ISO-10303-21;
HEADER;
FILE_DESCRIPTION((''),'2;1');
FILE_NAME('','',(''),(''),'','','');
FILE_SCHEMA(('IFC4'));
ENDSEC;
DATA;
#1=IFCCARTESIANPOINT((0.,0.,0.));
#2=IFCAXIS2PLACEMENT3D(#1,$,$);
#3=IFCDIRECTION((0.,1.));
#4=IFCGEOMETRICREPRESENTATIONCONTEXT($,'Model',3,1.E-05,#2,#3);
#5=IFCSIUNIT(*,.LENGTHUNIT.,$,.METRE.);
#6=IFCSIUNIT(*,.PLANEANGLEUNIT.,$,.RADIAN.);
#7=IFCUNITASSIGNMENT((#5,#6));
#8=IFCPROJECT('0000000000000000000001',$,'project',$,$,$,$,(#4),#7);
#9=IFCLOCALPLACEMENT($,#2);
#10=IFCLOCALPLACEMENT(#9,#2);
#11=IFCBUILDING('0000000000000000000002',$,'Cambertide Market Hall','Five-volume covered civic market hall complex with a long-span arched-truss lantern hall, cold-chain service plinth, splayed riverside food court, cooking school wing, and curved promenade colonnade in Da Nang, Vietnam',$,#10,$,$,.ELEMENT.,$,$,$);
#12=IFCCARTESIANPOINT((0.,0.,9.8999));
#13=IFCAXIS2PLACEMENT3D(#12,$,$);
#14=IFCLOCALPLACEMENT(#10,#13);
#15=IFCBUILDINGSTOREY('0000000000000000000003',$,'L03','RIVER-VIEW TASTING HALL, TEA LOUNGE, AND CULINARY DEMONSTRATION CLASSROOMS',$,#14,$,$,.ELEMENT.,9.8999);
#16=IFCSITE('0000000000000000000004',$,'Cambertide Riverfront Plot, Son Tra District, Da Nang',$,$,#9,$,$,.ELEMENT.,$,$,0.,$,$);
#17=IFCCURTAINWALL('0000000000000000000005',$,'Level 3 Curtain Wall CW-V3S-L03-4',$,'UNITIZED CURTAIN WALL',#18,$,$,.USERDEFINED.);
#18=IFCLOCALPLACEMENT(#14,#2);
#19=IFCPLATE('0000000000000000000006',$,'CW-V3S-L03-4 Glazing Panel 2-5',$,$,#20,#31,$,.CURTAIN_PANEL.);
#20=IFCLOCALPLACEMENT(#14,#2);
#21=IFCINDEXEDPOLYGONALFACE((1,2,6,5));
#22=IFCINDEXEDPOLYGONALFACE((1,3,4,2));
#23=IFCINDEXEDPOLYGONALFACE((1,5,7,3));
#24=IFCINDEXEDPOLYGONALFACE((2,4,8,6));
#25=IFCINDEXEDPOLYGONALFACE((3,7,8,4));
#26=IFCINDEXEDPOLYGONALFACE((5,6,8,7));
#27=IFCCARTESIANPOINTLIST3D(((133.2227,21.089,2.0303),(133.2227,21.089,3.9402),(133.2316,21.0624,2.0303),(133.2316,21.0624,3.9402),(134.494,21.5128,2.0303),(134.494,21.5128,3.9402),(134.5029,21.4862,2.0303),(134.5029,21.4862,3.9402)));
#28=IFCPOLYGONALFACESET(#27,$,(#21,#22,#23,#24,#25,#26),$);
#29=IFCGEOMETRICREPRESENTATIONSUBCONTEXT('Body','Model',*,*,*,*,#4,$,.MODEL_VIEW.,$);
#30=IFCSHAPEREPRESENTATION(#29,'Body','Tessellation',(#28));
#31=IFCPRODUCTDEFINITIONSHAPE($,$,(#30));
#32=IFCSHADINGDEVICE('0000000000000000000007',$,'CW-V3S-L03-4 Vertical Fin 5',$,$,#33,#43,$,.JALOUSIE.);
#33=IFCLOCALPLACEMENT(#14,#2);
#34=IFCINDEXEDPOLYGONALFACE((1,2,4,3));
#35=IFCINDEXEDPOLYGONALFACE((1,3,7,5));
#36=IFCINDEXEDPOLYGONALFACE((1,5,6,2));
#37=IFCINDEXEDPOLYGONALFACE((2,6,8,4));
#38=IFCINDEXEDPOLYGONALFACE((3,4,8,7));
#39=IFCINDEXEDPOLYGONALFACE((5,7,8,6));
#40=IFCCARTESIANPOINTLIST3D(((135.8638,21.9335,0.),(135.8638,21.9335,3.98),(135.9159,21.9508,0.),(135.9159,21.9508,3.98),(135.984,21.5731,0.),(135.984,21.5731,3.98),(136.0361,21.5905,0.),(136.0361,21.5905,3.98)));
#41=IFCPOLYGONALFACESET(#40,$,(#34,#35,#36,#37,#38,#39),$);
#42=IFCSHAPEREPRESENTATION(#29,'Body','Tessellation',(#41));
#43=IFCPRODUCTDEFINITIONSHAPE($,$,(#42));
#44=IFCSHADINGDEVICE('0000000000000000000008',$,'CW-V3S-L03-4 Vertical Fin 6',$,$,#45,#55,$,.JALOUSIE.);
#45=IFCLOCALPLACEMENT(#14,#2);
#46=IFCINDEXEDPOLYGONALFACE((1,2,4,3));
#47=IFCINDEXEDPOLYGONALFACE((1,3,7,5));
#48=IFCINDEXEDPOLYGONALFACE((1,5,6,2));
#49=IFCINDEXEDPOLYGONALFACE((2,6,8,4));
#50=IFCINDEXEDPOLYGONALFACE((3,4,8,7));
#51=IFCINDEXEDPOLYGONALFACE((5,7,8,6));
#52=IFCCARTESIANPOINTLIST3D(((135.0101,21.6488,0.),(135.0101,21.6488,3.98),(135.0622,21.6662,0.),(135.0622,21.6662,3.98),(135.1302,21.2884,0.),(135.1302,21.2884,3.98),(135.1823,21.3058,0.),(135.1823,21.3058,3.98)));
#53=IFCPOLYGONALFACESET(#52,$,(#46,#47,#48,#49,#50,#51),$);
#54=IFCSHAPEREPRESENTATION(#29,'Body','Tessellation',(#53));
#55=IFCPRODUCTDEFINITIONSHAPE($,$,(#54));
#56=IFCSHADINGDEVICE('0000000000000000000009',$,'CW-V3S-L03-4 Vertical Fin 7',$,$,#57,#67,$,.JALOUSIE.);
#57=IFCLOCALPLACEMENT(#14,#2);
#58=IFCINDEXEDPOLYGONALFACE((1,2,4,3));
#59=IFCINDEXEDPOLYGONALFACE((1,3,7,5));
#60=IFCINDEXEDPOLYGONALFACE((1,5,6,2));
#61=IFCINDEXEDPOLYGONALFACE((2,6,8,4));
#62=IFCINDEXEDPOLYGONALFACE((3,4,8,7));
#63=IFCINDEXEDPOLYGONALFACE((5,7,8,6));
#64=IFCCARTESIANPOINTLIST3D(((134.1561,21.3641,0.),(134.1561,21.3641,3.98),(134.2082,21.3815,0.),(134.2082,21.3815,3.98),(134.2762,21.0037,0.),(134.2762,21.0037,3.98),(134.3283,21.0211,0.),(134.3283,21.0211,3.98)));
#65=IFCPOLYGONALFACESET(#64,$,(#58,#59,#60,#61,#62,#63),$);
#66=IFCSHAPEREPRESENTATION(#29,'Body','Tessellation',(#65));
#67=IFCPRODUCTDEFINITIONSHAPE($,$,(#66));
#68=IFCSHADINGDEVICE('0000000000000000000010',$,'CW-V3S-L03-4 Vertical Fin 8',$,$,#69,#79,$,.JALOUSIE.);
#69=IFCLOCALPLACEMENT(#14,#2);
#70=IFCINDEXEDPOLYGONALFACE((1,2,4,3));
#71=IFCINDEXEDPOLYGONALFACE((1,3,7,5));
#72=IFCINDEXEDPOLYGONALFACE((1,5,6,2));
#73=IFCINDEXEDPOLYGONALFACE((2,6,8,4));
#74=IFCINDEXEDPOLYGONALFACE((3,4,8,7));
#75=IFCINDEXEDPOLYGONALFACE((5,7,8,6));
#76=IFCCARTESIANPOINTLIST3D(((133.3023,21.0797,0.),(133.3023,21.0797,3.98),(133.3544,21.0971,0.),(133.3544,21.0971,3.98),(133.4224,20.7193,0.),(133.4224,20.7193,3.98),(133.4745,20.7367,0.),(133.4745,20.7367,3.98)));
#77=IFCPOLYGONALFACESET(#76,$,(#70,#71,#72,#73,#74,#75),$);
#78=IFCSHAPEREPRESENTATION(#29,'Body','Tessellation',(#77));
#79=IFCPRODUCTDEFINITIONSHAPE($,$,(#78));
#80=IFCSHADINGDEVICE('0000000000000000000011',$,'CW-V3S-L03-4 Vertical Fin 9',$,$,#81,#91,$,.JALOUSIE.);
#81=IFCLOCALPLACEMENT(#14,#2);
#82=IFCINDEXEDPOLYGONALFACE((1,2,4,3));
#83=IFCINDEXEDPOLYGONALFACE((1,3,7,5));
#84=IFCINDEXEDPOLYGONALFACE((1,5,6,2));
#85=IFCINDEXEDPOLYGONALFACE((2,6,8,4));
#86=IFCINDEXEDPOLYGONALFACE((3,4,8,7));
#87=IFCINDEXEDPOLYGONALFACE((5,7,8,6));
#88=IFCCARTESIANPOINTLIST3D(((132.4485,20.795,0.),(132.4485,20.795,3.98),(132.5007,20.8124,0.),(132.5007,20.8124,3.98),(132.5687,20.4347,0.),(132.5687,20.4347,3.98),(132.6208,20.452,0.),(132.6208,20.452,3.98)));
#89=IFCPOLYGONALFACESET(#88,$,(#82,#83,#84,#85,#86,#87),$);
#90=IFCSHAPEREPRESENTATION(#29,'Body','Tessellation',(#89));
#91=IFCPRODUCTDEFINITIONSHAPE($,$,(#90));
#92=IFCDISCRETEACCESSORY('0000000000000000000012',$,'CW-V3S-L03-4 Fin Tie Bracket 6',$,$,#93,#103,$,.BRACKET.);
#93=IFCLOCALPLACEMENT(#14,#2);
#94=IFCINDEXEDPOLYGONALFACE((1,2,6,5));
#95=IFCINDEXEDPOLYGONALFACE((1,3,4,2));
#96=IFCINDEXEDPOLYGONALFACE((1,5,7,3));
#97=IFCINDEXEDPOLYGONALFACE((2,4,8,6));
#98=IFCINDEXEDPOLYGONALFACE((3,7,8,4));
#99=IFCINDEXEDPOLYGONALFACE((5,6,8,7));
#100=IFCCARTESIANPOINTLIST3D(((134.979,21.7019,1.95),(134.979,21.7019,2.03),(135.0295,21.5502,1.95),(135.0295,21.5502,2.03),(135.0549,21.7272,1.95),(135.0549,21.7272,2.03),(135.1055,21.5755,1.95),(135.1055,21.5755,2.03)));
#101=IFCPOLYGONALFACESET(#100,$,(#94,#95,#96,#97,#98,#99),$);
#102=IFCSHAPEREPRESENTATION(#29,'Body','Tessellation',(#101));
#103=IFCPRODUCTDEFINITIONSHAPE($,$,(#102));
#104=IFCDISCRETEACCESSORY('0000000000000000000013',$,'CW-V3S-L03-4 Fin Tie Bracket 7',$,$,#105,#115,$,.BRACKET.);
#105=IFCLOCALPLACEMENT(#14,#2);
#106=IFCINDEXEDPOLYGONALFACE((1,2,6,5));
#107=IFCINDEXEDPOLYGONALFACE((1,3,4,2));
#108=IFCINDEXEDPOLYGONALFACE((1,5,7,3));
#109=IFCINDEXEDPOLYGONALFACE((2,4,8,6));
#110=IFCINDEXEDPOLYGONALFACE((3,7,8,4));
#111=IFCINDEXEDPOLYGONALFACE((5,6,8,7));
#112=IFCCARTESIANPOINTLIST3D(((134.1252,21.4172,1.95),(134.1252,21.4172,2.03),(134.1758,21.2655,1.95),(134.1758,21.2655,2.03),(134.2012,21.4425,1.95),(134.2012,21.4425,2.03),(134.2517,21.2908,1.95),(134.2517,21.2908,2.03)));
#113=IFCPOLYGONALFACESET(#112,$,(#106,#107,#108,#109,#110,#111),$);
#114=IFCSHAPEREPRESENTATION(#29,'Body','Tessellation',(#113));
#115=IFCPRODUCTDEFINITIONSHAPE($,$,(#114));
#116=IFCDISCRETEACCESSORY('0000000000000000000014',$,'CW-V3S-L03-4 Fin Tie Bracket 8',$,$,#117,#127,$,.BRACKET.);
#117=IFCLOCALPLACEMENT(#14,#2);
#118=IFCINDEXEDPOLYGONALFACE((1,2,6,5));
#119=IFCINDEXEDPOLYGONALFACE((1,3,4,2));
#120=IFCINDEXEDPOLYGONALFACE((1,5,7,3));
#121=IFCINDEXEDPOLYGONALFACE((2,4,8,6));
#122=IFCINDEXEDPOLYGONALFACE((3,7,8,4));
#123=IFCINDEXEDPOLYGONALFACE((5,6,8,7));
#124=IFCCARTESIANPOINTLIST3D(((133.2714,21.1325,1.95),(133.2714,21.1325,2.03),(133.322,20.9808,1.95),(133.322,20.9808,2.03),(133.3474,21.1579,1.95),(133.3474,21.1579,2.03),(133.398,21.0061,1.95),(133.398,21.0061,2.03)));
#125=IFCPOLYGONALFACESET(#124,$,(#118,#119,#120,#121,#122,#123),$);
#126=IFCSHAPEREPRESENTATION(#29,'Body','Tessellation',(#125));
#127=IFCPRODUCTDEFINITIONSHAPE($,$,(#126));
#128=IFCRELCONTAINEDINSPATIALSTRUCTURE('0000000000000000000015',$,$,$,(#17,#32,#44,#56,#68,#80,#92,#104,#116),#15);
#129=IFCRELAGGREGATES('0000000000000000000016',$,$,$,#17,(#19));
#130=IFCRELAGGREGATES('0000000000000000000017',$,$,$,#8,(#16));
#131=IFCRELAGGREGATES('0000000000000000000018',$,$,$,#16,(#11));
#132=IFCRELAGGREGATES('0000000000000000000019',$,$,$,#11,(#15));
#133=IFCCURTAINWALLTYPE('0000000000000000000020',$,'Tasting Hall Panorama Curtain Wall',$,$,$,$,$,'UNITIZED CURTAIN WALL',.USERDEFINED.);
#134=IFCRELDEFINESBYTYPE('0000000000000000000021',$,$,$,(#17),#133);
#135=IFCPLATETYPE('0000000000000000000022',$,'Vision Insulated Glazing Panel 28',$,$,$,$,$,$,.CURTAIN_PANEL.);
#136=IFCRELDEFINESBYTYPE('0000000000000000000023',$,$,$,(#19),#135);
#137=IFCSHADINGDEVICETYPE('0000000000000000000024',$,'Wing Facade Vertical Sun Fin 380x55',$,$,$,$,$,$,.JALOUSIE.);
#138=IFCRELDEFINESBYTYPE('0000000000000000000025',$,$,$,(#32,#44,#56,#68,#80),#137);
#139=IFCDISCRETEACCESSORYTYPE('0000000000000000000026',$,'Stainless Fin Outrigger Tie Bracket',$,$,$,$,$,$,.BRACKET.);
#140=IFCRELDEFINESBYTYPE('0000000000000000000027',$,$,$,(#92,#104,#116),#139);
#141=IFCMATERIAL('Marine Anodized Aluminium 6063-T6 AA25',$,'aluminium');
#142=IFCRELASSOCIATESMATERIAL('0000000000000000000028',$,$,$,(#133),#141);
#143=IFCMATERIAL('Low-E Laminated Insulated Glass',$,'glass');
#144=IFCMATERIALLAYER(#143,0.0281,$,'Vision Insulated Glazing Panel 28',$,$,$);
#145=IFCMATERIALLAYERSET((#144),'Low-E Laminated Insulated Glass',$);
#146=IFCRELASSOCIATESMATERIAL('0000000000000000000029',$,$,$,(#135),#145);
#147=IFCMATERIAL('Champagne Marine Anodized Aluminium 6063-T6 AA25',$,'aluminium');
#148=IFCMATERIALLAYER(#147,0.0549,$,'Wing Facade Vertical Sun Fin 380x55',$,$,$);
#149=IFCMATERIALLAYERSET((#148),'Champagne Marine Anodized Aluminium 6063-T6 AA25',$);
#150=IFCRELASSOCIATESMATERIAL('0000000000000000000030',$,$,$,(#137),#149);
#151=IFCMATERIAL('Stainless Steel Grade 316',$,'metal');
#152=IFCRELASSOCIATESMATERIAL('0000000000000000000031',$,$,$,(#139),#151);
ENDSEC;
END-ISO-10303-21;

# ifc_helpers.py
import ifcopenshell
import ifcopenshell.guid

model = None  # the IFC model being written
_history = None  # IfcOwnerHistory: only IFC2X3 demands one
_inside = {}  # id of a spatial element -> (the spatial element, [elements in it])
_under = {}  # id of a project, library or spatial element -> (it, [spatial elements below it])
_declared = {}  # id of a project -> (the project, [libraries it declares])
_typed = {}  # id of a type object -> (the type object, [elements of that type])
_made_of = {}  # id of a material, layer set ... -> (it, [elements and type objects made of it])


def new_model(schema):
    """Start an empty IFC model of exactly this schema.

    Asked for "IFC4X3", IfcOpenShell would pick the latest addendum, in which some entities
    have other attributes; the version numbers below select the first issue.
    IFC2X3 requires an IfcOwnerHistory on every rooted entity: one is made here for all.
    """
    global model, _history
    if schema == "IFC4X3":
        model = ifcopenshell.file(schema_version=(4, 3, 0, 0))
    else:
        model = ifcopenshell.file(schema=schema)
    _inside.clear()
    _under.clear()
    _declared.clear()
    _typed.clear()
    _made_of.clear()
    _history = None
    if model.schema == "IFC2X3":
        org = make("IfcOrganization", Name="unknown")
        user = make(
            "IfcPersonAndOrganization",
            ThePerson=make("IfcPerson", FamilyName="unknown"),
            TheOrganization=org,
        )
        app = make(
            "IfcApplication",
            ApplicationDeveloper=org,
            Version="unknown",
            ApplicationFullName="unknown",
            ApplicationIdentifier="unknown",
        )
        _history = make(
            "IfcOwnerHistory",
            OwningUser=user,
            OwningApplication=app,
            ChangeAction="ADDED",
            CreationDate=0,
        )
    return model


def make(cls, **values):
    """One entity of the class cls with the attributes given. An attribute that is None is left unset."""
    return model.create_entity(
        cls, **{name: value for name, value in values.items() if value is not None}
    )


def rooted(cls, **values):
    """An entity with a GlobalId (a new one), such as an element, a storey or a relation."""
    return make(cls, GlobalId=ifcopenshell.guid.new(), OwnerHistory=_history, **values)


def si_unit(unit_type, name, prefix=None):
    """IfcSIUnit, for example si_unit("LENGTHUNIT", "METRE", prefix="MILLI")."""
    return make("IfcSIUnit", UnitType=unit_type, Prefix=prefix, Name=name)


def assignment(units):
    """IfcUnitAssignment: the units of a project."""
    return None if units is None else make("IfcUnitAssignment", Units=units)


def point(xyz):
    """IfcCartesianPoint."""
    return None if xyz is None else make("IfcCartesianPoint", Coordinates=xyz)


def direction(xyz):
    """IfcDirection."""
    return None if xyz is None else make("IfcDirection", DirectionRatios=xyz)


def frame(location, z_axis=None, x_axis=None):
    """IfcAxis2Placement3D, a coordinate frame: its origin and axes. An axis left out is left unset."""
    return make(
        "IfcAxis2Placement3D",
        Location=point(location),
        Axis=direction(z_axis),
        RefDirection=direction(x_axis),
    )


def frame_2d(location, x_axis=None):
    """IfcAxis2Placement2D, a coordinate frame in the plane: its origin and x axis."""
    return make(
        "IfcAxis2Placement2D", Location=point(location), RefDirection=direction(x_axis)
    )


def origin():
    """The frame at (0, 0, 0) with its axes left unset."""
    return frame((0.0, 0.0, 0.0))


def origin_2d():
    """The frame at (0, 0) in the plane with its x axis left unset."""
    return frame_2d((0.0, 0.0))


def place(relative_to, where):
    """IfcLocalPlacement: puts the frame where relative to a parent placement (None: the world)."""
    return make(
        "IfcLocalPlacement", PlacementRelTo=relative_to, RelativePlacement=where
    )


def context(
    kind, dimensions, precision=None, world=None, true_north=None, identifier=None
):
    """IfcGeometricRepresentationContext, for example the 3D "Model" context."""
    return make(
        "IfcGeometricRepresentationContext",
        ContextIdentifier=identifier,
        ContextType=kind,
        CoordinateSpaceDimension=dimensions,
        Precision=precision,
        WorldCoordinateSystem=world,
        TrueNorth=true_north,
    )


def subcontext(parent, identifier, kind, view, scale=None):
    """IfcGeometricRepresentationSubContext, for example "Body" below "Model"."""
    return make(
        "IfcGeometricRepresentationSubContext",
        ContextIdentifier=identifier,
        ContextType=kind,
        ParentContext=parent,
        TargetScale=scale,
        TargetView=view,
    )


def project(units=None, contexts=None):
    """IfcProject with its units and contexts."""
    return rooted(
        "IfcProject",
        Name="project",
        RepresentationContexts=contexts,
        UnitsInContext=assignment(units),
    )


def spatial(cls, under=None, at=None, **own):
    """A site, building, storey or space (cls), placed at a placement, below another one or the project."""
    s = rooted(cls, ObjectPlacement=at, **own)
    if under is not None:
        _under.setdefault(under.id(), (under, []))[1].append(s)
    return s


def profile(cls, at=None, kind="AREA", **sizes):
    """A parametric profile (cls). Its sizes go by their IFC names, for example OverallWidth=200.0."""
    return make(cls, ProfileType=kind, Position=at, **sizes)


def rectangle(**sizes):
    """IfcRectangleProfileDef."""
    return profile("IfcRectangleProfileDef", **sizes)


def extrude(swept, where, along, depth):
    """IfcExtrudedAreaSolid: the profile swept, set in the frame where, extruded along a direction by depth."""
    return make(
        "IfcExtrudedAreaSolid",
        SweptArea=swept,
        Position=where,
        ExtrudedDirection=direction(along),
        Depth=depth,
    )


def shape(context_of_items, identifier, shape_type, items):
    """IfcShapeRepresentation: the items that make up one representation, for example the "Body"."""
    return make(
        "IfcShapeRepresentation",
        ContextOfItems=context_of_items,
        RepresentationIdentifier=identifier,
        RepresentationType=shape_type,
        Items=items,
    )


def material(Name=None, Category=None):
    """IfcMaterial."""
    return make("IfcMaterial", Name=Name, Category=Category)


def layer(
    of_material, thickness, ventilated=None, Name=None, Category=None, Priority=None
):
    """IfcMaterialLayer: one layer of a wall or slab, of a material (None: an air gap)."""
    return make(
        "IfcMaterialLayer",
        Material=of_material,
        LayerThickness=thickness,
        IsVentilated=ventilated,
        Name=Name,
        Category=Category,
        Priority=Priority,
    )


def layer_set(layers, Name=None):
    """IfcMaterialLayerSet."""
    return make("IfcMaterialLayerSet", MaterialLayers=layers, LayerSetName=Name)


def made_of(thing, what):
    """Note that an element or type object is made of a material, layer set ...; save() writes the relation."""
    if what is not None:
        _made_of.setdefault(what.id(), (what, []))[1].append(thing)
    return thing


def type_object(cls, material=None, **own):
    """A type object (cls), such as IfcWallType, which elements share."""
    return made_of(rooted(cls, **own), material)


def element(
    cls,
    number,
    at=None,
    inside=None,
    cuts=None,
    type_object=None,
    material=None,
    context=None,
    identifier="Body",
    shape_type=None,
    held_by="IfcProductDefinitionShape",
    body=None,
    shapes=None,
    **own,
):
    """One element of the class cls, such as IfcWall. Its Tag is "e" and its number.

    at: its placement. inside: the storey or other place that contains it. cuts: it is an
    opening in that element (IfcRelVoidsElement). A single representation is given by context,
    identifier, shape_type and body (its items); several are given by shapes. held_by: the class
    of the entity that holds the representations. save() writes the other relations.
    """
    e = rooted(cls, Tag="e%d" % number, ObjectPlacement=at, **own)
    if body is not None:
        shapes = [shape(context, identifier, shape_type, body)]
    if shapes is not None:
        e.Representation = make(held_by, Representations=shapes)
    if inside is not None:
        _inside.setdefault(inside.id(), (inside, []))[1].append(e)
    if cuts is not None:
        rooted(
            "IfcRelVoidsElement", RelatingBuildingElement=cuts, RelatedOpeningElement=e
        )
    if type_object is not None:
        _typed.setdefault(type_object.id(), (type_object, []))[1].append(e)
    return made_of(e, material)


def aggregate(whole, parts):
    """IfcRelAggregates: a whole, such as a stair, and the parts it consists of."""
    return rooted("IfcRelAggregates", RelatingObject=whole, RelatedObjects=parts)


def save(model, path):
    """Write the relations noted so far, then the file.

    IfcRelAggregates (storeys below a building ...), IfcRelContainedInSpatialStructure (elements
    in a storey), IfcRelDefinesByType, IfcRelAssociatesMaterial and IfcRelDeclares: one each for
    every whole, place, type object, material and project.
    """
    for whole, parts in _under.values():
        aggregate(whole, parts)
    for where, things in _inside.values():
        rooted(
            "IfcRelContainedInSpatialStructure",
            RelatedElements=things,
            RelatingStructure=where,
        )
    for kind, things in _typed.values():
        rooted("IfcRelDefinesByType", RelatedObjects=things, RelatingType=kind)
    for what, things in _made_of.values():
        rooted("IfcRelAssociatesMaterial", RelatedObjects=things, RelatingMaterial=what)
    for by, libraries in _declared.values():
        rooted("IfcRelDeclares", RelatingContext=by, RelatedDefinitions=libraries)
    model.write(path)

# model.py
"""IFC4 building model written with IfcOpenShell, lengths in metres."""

from ifc_helpers import new_model, si_unit, direction, frame, origin, origin_2d, place, context, subcontext, project, spatial, rectangle, extrude, material, layer, layer_set, type_object, element, aggregate, save


model = new_model("IFC4")

# Units and contexts
model_context = context("Model", 3, precision=1e-05, world=origin(), true_north=direction((0.0, 1.0)))
body_context = subcontext(model_context, "Body", "Model", "MODEL_VIEW")
ifc_project = project(units=[si_unit("LENGTHUNIT", "METRE"), si_unit("PLANEANGLEUNIT", "RADIAN")], contexts=[model_context])

# Site, building, storey
site_placement = place(None, origin())
site = spatial("IfcSite", under=ifc_project, at=site_placement, Name="Cambertide Riverfront Plot, Son Tra District, Da Nang", CompositionType="ELEMENT", RefElevation=0.0)
building_placement = place(site_placement, origin())
building = spatial("IfcBuilding", under=site, at=building_placement, Name="Cambertide Market Hall", Description="Five-volume covered civic market hall complex with a long-span arched-truss lantern hall, cold-chain service plinth, splayed riverside food court, cooking school wing, and curved promenade colonnade in Da Nang, Vietnam", CompositionType="ELEMENT")
storey_placement = place(building_placement, frame((0.0, 0.0, 9.8999)))
storey = spatial("IfcBuildingStorey", under=building, at=storey_placement, Name="L03", Description="RIVER-VIEW TASTING HALL, TEA LOUNGE, AND CULINARY DEMONSTRATION CLASSROOMS", CompositionType="ELEMENT", Elevation=9.8999)

# Curtain wall, plate
ifc_material_1 = material(Name="Marine Anodized Aluminium 6063-T6 AA25", Category="aluminium")
curtain_wall_type = type_object("IfcCurtainWallType", Name="Tasting Hall Panorama Curtain Wall", ElementType="UNITIZED CURTAIN WALL", PredefinedType="USERDEFINED", material=ifc_material_1)
curtain_wall_placement = place(storey_placement, origin())
curtain_wall = element("IfcCurtainWall", 1, at=curtain_wall_placement, inside=storey, type_object=curtain_wall_type, Name="Level 3 Curtain Wall CW-V3S-L03-4", ObjectType="UNITIZED CURTAIN WALL", PredefinedType="USERDEFINED")
ifc_material_2 = material(Name="Low-E Laminated Insulated Glass", Category="glass")
ifc_layer_1 = layer(ifc_material_2, 0.0281, Name="Vision Insulated Glazing Panel 28")
ifc_layer_set_1 = layer_set([ifc_layer_1], Name="Low-E Laminated Insulated Glass")
plate_type = type_object("IfcPlateType", Name="Vision Insulated Glazing Panel 28", PredefinedType="CURTAIN_PANEL", material=ifc_layer_set_1)
plate_1_placement = place(storey_placement, frame((133.8628, 21.2876, 2.0303), z_axis=(0.0, 0.0, 1.0), x_axis=(-0.948683, -0.316228, 0.0)))
plate_1 = element("IfcPlate", 2, at=plate_1_placement, type_object=plate_type, Name="CW-V3S-L03-4 Glazing Panel 2-5", PredefinedType="CURTAIN_PANEL", context=body_context, shape_type="SweptSolid", body=[
    extrude(rectangle(XDim=1.3401, YDim=0.0281, at=origin_2d()), origin(), (0.0, 0.0, 1.0), 1.9099),
])
aggregate(curtain_wall, [plate_1])

# Shading devices
ifc_material_3 = material(Name="Champagne Marine Anodized Aluminium 6063-T6 AA25", Category="aluminium")
ifc_layer_2 = layer(ifc_material_3, 0.0549, Name="Wing Facade Vertical Sun Fin 380x55")
ifc_layer_set_2 = layer_set([ifc_layer_2], Name="Champagne Marine Anodized Aluminium 6063-T6 AA25")
shading_device_type = type_object("IfcShadingDeviceType", Name="Wing Facade Vertical Sun Fin 380x55", PredefinedType="JALOUSIE", material=ifc_layer_set_2)
for number, where, z_axis, x_axis, name in (
    (3, (135.95, 21.762, 0.0), (0.0, 0.0, 1.0), (-0.948683, -0.316228, 0.0), "CW-V3S-L03-4 Vertical Fin 5"),
    (4, (135.0962, 21.4773, 0.0), (0.0, 0.0, 1.0), (-0.948683, -0.316228, 0.0), "CW-V3S-L03-4 Vertical Fin 6"),
    (5, (134.2422, 21.1926, 0.0), (0.0, 0.0, 1.0), (-0.948683, -0.316228, 0.0), "CW-V3S-L03-4 Vertical Fin 7"),
    (6, (133.3884, 20.9082, 0.0), (0.0, 0.0, 1.0), (-0.948683, -0.316228, 0.0), "CW-V3S-L03-4 Vertical Fin 8"),
    (7, (132.5347, 20.6235, 0.0), (0.0, 0.0, 1.0), (-0.948683, -0.316228, 0.0), "CW-V3S-L03-4 Vertical Fin 9"),
):
    element("IfcShadingDevice", number, at=place(storey_placement, frame(where, z_axis=z_axis, x_axis=x_axis)), inside=storey, type_object=shading_device_type, Name=name, PredefinedType="JALOUSIE", context=body_context, shape_type="SweptSolid", body=[
        extrude(rectangle(XDim=0.0549, YDim=0.3799, at=origin_2d()), origin(), (0.0, 0.0, 1.0), 3.98),
    ])

# Discrete accessories
ifc_material_4 = material(Name="Stainless Steel Grade 316", Category="metal")
discrete_accessory_type = type_object("IfcDiscreteAccessoryType", Name="Stainless Fin Outrigger Tie Bracket", PredefinedType="BRACKET", material=ifc_material_4)
for number, where, z_axis, x_axis, name in (
    (8, (135.0422, 21.6387, 1.95), (0.0, 0.0, 1.0), (-0.948683, -0.316228, 0.0), "CW-V3S-L03-4 Fin Tie Bracket 6"),
    (9, (134.1885, 21.354, 1.95), (0.0, 0.0, 1.0), (-0.948683, -0.316228, 0.0), "CW-V3S-L03-4 Fin Tie Bracket 7"),
    (10, (133.3347, 21.0693, 1.95), (0.0, 0.0, 1.0), (-0.948683, -0.316228, 0.0), "CW-V3S-L03-4 Fin Tie Bracket 8"),
):
    element("IfcDiscreteAccessory", number, at=place(storey_placement, frame(where, z_axis=z_axis, x_axis=x_axis)), inside=storey, type_object=discrete_accessory_type, Name=name, PredefinedType="BRACKET", context=body_context, shape_type="SweptSolid", body=[
        extrude(rectangle(XDim=0.0801, YDim=0.1599, at=origin_2d()), origin(), (0.0, 0.0, 1.0), 0.0801),
    ])

save(model, "model.ifc")
